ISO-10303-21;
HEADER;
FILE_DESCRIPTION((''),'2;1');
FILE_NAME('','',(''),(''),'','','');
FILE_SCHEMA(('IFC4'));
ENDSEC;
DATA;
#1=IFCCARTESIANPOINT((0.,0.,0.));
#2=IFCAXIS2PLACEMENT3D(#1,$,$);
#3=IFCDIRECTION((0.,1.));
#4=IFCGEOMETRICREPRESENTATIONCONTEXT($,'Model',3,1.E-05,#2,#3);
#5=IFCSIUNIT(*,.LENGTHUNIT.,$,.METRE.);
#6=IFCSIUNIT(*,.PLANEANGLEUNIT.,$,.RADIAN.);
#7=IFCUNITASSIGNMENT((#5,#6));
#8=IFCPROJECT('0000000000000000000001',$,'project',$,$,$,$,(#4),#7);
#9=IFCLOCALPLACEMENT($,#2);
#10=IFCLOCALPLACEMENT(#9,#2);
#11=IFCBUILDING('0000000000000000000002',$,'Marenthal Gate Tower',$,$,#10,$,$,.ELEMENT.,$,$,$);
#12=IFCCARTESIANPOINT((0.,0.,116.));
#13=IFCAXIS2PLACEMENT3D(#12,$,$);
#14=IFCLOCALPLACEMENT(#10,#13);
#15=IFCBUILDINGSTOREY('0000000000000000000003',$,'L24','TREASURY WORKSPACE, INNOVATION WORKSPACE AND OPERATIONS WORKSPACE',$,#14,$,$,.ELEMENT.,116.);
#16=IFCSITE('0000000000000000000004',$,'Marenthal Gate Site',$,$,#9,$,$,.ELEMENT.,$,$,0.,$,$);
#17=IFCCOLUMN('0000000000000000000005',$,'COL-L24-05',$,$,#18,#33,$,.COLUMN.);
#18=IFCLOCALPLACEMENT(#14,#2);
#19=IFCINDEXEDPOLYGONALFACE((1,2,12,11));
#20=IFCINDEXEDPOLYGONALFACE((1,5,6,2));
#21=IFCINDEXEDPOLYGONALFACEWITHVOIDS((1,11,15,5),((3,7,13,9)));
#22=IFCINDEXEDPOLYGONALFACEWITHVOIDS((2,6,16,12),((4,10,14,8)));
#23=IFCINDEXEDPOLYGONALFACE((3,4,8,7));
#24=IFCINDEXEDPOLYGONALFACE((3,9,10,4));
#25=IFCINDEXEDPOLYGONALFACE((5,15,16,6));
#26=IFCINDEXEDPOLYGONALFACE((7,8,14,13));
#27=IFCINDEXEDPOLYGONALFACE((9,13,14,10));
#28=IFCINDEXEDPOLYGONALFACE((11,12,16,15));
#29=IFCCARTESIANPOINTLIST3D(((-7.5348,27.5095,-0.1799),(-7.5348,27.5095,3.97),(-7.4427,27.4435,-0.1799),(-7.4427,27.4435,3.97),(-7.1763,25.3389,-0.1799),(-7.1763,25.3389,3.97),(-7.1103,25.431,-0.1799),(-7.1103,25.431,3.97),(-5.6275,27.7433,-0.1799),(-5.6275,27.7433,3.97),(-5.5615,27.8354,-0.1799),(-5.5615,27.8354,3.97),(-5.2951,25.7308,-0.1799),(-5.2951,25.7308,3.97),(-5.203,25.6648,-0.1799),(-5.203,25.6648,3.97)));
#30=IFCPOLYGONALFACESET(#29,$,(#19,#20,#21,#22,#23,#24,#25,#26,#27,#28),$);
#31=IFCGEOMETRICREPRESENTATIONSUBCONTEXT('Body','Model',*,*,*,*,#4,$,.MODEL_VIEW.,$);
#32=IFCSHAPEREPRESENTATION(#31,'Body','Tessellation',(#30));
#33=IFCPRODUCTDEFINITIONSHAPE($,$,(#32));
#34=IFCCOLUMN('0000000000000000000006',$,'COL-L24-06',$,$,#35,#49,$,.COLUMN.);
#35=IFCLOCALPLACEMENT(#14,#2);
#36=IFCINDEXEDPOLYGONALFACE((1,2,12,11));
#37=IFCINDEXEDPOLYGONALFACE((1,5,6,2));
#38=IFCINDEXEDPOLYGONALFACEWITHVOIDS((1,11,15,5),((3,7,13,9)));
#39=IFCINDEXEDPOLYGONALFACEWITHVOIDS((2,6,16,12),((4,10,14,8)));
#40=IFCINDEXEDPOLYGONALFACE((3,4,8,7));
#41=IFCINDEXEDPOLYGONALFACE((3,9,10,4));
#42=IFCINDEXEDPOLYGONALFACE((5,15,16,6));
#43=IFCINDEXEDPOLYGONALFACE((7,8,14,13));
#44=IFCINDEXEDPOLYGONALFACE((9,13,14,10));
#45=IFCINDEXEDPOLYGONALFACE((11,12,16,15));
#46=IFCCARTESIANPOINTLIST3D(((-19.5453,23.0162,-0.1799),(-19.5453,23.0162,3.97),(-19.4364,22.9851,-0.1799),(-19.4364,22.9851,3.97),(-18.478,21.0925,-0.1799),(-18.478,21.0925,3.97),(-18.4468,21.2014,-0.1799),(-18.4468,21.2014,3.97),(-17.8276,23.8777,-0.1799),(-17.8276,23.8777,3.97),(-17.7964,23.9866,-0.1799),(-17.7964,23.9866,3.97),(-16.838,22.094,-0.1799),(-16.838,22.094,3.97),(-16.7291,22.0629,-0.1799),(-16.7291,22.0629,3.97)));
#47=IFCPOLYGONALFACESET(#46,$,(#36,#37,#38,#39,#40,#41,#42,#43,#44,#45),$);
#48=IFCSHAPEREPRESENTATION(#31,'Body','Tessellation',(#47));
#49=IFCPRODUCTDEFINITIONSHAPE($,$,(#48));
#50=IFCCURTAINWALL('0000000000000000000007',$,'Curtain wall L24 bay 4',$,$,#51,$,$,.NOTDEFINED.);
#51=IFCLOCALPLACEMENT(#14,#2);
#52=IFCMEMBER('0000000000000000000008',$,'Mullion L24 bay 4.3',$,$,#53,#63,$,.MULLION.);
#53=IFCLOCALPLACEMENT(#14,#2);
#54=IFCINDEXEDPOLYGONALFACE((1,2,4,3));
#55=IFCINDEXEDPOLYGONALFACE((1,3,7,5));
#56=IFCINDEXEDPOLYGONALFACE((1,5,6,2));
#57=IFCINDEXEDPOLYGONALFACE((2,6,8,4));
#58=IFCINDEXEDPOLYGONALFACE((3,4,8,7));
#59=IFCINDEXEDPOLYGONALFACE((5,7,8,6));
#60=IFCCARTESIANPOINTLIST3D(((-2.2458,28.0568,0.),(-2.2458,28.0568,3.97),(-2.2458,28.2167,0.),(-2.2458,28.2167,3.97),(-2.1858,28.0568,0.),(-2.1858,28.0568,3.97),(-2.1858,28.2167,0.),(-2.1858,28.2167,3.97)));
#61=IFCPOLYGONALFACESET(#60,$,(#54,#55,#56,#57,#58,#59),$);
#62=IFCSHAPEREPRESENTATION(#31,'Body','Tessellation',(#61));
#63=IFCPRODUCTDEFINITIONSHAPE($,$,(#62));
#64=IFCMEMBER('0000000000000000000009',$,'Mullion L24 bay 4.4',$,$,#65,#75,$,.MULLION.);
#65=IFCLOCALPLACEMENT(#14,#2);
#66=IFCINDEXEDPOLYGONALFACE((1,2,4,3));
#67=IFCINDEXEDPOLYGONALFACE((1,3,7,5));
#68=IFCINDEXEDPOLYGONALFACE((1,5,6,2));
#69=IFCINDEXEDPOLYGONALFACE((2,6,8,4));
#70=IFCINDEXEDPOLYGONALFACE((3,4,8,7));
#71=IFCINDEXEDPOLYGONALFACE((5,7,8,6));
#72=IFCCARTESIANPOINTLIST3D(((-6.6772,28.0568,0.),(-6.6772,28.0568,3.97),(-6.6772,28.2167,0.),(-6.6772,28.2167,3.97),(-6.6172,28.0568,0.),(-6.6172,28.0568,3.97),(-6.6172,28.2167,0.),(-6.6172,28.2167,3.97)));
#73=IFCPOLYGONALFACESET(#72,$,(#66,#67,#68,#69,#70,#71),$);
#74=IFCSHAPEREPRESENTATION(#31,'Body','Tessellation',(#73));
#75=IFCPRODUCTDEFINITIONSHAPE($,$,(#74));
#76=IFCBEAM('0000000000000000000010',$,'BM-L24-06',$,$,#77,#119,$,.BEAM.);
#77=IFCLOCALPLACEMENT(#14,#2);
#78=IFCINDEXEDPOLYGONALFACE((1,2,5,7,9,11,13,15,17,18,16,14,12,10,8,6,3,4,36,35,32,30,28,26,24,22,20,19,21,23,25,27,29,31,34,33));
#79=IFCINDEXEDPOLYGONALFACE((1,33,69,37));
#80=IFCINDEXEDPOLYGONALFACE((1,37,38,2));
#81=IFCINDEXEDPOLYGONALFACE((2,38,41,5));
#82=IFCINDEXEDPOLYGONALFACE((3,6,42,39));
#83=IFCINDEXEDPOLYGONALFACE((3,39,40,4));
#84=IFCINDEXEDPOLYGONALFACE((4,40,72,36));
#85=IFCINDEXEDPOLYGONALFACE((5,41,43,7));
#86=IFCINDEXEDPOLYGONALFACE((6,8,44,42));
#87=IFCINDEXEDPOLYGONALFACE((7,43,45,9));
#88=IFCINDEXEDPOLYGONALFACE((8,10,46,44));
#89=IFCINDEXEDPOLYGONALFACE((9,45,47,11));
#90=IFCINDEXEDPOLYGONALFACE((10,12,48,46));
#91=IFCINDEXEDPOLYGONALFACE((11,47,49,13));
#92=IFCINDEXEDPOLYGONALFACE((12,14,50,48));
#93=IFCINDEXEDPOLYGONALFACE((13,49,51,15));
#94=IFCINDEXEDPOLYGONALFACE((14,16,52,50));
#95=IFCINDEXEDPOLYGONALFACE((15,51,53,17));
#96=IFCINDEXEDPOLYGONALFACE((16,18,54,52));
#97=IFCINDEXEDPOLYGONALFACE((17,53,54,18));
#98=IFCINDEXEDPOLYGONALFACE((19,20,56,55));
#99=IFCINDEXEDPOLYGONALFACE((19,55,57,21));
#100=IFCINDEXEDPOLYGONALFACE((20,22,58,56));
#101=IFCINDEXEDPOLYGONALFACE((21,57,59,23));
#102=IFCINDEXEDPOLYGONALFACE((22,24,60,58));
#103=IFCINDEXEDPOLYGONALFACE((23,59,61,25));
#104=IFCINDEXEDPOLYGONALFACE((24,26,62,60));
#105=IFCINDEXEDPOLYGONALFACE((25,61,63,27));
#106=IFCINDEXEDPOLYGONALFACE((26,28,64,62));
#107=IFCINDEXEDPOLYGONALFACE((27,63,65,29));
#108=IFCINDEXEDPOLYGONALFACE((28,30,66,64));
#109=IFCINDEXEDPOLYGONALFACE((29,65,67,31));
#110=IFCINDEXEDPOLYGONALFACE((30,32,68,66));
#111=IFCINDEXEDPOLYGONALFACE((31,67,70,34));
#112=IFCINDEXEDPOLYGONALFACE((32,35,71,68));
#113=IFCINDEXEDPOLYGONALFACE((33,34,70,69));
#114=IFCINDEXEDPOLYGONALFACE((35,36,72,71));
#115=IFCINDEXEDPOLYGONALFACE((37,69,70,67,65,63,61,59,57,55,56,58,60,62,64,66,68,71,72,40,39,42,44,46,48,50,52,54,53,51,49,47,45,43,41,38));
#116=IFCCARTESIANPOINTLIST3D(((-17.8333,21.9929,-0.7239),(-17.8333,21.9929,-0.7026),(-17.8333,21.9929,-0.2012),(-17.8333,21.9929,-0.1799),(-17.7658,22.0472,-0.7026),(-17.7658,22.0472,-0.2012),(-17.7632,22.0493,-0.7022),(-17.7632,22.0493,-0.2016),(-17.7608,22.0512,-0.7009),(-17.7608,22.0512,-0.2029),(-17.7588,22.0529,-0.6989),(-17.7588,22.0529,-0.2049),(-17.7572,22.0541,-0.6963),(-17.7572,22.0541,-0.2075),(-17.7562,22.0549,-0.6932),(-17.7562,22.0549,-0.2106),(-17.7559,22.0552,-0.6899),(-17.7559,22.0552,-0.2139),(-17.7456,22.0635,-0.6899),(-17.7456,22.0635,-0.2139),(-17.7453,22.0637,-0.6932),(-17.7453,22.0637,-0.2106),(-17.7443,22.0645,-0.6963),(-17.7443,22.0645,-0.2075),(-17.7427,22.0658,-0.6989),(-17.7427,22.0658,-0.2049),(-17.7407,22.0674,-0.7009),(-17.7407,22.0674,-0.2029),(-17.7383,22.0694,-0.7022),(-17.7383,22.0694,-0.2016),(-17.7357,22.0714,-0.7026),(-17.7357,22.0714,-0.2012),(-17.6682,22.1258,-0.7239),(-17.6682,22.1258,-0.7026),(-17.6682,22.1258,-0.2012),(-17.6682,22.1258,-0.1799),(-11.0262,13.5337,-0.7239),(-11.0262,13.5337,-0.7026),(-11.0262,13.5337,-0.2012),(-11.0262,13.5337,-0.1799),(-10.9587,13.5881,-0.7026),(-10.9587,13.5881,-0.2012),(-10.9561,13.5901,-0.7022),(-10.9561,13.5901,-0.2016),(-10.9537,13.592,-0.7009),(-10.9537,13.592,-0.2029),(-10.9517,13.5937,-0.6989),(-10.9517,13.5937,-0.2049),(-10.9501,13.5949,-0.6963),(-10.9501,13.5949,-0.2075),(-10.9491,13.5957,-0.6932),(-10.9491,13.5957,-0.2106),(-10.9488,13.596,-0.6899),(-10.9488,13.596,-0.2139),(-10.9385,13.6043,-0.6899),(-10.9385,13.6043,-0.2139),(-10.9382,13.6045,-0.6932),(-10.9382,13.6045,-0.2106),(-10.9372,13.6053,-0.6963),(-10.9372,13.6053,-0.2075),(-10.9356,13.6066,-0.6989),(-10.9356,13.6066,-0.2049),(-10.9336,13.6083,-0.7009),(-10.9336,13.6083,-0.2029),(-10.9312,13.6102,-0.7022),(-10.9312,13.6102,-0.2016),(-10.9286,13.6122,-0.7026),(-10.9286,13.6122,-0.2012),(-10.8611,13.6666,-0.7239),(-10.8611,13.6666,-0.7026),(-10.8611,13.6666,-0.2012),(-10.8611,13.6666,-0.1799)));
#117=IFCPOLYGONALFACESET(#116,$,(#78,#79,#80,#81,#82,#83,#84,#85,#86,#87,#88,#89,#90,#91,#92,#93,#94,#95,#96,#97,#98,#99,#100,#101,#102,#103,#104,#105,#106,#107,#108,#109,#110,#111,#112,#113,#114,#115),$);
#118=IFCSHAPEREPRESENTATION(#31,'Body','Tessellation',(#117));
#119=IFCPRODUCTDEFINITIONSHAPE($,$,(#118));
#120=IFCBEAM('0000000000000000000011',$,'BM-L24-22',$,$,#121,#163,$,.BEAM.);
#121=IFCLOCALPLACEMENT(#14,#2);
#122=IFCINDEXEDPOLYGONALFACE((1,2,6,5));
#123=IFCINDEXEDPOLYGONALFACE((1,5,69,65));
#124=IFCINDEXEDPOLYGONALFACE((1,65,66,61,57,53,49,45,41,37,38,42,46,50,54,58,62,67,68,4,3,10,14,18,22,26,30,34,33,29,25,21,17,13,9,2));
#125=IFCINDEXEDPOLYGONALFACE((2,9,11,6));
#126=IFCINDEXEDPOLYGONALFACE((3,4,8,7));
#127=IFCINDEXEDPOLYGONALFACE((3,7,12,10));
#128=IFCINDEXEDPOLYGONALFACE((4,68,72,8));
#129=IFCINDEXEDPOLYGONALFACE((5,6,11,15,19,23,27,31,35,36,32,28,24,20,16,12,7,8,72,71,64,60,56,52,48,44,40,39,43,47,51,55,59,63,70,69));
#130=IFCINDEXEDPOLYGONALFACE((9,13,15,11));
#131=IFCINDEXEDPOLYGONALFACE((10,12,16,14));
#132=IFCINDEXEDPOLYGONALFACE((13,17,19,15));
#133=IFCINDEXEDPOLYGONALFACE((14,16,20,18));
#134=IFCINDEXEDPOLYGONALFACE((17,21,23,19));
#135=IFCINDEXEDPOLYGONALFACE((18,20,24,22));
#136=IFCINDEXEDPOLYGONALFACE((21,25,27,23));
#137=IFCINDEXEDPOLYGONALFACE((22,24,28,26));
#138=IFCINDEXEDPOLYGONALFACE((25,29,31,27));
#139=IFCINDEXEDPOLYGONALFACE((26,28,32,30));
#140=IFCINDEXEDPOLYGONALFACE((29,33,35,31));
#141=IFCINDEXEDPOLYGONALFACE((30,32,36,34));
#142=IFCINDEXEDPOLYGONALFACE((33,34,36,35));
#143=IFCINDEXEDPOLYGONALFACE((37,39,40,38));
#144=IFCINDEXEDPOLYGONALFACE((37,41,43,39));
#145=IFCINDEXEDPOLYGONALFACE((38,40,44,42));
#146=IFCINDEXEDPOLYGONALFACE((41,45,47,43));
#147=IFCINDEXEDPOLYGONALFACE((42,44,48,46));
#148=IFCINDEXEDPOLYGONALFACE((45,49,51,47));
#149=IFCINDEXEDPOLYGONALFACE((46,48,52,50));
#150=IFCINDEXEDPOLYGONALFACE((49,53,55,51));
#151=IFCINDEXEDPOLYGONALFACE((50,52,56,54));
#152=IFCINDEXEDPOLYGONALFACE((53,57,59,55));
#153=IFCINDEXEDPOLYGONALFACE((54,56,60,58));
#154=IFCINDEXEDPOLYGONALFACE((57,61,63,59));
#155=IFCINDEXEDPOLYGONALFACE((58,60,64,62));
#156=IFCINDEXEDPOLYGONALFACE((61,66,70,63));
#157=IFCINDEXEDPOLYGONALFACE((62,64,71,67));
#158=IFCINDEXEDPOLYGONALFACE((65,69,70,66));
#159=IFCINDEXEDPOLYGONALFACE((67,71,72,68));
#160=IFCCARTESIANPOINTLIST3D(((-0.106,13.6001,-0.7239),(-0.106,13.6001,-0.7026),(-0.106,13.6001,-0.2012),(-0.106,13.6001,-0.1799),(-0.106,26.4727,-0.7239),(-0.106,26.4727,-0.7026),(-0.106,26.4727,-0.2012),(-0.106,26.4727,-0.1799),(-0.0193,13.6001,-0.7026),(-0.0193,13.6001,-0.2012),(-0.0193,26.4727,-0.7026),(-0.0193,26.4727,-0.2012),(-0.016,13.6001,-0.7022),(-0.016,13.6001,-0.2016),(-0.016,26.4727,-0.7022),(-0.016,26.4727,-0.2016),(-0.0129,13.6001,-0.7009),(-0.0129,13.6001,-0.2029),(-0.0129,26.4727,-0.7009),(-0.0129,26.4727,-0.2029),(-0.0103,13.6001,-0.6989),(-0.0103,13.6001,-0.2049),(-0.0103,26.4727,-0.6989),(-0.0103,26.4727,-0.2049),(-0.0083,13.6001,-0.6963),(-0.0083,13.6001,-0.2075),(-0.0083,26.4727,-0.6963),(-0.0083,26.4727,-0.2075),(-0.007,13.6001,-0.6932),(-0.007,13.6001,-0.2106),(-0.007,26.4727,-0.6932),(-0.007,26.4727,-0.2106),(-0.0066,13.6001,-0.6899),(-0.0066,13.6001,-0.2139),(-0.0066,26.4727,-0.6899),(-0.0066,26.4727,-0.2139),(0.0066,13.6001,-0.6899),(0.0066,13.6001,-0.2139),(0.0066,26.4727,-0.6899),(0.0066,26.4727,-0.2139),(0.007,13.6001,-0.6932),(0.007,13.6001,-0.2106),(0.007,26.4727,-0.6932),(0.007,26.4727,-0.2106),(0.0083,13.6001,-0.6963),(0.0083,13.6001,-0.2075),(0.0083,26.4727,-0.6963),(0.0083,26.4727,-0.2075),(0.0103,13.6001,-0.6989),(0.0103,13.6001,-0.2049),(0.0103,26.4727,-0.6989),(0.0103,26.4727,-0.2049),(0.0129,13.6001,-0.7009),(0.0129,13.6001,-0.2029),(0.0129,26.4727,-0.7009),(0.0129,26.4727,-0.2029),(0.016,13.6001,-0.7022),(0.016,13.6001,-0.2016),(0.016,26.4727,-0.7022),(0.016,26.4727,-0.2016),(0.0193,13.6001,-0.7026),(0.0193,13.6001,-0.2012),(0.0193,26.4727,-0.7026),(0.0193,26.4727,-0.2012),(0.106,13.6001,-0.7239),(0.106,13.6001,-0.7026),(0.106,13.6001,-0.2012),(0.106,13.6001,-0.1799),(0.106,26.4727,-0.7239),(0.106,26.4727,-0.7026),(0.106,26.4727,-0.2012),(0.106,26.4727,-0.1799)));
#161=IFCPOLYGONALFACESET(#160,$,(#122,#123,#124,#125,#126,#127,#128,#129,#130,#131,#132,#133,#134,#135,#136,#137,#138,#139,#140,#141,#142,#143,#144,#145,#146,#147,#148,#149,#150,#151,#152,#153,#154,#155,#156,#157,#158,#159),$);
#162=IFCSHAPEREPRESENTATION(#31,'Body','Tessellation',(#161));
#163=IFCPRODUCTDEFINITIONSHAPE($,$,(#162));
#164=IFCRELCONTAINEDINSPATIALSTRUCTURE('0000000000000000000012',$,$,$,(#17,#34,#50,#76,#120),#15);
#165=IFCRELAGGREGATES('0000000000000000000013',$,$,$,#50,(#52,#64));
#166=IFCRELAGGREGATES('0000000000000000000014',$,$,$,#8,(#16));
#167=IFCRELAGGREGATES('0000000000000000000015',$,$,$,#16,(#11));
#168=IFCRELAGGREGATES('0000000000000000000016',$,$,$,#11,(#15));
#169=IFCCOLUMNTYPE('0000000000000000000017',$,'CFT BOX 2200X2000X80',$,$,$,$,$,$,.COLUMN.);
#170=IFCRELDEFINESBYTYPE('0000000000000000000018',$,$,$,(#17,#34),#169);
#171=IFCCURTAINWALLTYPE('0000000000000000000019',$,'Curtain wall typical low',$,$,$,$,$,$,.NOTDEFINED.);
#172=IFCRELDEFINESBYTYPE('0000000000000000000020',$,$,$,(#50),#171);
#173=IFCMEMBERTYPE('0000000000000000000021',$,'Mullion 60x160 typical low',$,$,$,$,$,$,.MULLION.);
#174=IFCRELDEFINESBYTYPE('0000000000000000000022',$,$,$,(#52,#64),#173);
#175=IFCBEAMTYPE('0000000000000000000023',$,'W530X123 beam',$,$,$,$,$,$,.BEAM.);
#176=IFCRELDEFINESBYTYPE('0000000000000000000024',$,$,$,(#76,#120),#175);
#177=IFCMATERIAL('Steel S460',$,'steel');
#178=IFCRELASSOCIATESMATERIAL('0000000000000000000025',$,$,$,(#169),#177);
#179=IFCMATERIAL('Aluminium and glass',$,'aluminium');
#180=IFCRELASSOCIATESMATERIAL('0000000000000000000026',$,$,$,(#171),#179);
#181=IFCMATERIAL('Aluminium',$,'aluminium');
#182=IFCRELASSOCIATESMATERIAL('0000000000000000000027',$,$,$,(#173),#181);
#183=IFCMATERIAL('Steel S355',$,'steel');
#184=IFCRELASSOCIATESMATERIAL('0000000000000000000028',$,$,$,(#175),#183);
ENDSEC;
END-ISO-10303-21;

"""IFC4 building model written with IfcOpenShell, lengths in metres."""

from ifc_helpers import new_model, si_unit, direction, frame, origin, origin_2d, place, context, subcontext, project, spatial, rectangle, hollow_rectangle, i_section, extrude, material, material_profile, profile_set, type_object, element, aggregate, save


model = new_model("IFC4")

# Units and contexts
model_context = context("Model", 3, precision=1e-05, world=origin(), true_north=direction((0.0, 1.0)))
body_context = subcontext(model_context, "Body", "Model", "MODEL_VIEW")
ifc_project = project(units=[si_unit("LENGTHUNIT", "METRE"), si_unit("PLANEANGLEUNIT", "RADIAN")], contexts=[model_context])

# Site, building, storey
site_placement = place(None, origin())
site = spatial("IfcSite", under=ifc_project, at=site_placement, Name="Marenthal Gate Site", CompositionType="ELEMENT", RefElevation=0.0)
building_placement = place(site_placement, origin())
building = spatial("IfcBuilding", under=site, at=building_placement, Name="Marenthal Gate Tower", CompositionType="ELEMENT")
storey_placement = place(building_placement, frame((0.0, 0.0, 116.0)))
storey = spatial("IfcBuildingStorey", under=building, at=storey_placement, Name="L24", Description="TREASURY WORKSPACE, INNOVATION WORKSPACE AND OPERATIONS WORKSPACE", CompositionType="ELEMENT", Elevation=116.0)

# Columns
ifc_material_1 = material(Name="Steel S460", Category="steel")
ifc_material_profile_1 = material_profile(ifc_material_1, hollow_rectangle(XDim=2.0, YDim=2.2, WallThickness=0.0801, at=origin_2d()), Name="CFT BOX 2200X2000X80")
ifc_material_2 = material(Name="Concrete 70 MPa", Category="concrete")
ifc_material_profile_2 = material_profile(ifc_material_2, rectangle(XDim=1.8401, YDim=2.04, at=origin_2d()), Name="CFT BOX 2200X2000X80 INFILL")
ifc_profile_set_1 = profile_set([ifc_material_profile_1, ifc_material_profile_2], Name="Steel S460 shell, Concrete 70 MPa infill")
column_type = type_object("IfcColumnType", Name="CFT BOX 2200X2000X80", PredefinedType="COLUMN", material=ifc_profile_set_1)
for number, where, z_axis, x_axis, name in (
    (1, (-6.3689, 26.5872, -0.1799), (0.0, 0.0, 1.0), (0.986633, 0.162961, 0.0), "COL-L24-05"),
    (2, (-18.1372, 22.5396, -0.1799), (0.0, 0.0, 1.0), (0.874427, 0.485158, 0.0), "COL-L24-06"),
):
    element("IfcColumn", number, at=place(storey_placement, frame(where, z_axis=z_axis, x_axis=x_axis)), inside=storey, type_object=column_type, Name=name, PredefinedType="COLUMN", context=body_context, shape_type="SweptSolid", body=[
        extrude(hollow_rectangle(XDim=2.0, YDim=2.2, WallThickness=0.0801, at=origin_2d()), origin(), (0.0, 0.0, 1.0), 4.1499),
    ])

# Curtain wall, members
ifc_material_3 = material(Name="Aluminium and glass", Category="aluminium")
curtain_wall_type = type_object("IfcCurtainWallType", Name="Curtain wall typical low", PredefinedType="NOTDEFINED", material=ifc_material_3)
curtain_wall_placement = place(storey_placement, origin())
curtain_wall = element("IfcCurtainWall", 3, at=curtain_wall_placement, inside=storey, type_object=curtain_wall_type, Name="Curtain wall L24 bay 4", PredefinedType="NOTDEFINED")
ifc_material_4 = material(Name="Aluminium", Category="aluminium")
ifc_material_profile_3 = material_profile(ifc_material_4, rectangle(XDim=0.1599, YDim=0.0601, at=origin_2d()), Name="60x160 aluminium mullion")
ifc_profile_set_2 = profile_set([ifc_material_profile_3], Name="Aluminium")
member_type = type_object("IfcMemberType", Name="Mullion 60x160 typical low", PredefinedType="MULLION", material=ifc_profile_set_2)
member_1_placement = place(storey_placement, frame((-2.2158, 28.1367, 0.0), z_axis=(0.0, 0.0, 1.0), x_axis=(0.0, -1.0, 0.0)))
member_1 = element("IfcMember", 4, at=member_1_placement, type_object=member_type, Name="Mullion L24 bay 4.3", PredefinedType="MULLION", context=body_context, shape_type="SweptSolid", body=[
    extrude(rectangle(XDim=0.1599, YDim=0.0601, at=origin_2d()), origin(), (0.0, 0.0, 1.0), 3.97),
])
member_2_placement = place(storey_placement, frame((-6.6472, 28.1367, 0.0), z_axis=(0.0, 0.0, 1.0), x_axis=(0.0, -1.0, 0.0)))
member_2 = element("IfcMember", 5, at=member_2_placement, type_object=member_type, Name="Mullion L24 bay 4.4", PredefinedType="MULLION", context=body_context, shape_type="SweptSolid", body=[
    extrude(rectangle(XDim=0.1599, YDim=0.0601, at=origin_2d()), origin(), (0.0, 0.0, 1.0), 3.97),
])

# Beams
ifc_material_5 = material(Name="Steel S355", Category="steel")
ifc_material_profile_4 = material_profile(ifc_material_5, i_section(OverallWidth=0.2119, OverallDepth=0.5439, WebThickness=0.0132, FlangeThickness=0.0212, FilletRadius=0.0127, at=origin_2d()), Name="W530X123")
ifc_profile_set_3 = profile_set([ifc_material_profile_4], Name="Steel S355")
beam_type_1 = type_object("IfcBeamType", Name="W530X123 beam", PredefinedType="BEAM", material=ifc_profile_set_3)
beam_1_placement = place(storey_placement, frame((-17.7507, 22.0593, -0.4519), z_axis=(0.626925, -0.77908, 0.0), x_axis=(0.77908, 0.626925, 0.0)))
element("IfcBeam", 6, at=beam_1_placement, inside=storey, type_object=beam_type_1, Name="BM-L24-06", PredefinedType="BEAM", context=body_context, shape_type="SweptSolid", body=[
    extrude(i_section(OverallWidth=0.2119, OverallDepth=0.5439, WebThickness=0.0132, FlangeThickness=0.0212, FilletRadius=0.0127, at=origin_2d()), origin(), (0.0, 0.0, 1.0), 10.8579),
])
beam_2_placement = place(storey_placement, frame((0.0, 26.4727, -0.4519), z_axis=(0.0, -1.0, 0.0), x_axis=(1.0, 0.0, 0.0)))
element("IfcBeam", 7, at=beam_2_placement, inside=storey, type_object=beam_type_1, Name="BM-L24-22", PredefinedType="BEAM", context=body_context, shape_type="SweptSolid", body=[
    extrude(i_section(OverallWidth=0.2119, OverallDepth=0.5439, WebThickness=0.0132, FlangeThickness=0.0212, FilletRadius=0.0127, at=origin_2d()), origin(), (0.0, 0.0, 1.0), 12.8726),
])

aggregate(curtain_wall, [member_1, member_2])

save(model, "model.ifc")
